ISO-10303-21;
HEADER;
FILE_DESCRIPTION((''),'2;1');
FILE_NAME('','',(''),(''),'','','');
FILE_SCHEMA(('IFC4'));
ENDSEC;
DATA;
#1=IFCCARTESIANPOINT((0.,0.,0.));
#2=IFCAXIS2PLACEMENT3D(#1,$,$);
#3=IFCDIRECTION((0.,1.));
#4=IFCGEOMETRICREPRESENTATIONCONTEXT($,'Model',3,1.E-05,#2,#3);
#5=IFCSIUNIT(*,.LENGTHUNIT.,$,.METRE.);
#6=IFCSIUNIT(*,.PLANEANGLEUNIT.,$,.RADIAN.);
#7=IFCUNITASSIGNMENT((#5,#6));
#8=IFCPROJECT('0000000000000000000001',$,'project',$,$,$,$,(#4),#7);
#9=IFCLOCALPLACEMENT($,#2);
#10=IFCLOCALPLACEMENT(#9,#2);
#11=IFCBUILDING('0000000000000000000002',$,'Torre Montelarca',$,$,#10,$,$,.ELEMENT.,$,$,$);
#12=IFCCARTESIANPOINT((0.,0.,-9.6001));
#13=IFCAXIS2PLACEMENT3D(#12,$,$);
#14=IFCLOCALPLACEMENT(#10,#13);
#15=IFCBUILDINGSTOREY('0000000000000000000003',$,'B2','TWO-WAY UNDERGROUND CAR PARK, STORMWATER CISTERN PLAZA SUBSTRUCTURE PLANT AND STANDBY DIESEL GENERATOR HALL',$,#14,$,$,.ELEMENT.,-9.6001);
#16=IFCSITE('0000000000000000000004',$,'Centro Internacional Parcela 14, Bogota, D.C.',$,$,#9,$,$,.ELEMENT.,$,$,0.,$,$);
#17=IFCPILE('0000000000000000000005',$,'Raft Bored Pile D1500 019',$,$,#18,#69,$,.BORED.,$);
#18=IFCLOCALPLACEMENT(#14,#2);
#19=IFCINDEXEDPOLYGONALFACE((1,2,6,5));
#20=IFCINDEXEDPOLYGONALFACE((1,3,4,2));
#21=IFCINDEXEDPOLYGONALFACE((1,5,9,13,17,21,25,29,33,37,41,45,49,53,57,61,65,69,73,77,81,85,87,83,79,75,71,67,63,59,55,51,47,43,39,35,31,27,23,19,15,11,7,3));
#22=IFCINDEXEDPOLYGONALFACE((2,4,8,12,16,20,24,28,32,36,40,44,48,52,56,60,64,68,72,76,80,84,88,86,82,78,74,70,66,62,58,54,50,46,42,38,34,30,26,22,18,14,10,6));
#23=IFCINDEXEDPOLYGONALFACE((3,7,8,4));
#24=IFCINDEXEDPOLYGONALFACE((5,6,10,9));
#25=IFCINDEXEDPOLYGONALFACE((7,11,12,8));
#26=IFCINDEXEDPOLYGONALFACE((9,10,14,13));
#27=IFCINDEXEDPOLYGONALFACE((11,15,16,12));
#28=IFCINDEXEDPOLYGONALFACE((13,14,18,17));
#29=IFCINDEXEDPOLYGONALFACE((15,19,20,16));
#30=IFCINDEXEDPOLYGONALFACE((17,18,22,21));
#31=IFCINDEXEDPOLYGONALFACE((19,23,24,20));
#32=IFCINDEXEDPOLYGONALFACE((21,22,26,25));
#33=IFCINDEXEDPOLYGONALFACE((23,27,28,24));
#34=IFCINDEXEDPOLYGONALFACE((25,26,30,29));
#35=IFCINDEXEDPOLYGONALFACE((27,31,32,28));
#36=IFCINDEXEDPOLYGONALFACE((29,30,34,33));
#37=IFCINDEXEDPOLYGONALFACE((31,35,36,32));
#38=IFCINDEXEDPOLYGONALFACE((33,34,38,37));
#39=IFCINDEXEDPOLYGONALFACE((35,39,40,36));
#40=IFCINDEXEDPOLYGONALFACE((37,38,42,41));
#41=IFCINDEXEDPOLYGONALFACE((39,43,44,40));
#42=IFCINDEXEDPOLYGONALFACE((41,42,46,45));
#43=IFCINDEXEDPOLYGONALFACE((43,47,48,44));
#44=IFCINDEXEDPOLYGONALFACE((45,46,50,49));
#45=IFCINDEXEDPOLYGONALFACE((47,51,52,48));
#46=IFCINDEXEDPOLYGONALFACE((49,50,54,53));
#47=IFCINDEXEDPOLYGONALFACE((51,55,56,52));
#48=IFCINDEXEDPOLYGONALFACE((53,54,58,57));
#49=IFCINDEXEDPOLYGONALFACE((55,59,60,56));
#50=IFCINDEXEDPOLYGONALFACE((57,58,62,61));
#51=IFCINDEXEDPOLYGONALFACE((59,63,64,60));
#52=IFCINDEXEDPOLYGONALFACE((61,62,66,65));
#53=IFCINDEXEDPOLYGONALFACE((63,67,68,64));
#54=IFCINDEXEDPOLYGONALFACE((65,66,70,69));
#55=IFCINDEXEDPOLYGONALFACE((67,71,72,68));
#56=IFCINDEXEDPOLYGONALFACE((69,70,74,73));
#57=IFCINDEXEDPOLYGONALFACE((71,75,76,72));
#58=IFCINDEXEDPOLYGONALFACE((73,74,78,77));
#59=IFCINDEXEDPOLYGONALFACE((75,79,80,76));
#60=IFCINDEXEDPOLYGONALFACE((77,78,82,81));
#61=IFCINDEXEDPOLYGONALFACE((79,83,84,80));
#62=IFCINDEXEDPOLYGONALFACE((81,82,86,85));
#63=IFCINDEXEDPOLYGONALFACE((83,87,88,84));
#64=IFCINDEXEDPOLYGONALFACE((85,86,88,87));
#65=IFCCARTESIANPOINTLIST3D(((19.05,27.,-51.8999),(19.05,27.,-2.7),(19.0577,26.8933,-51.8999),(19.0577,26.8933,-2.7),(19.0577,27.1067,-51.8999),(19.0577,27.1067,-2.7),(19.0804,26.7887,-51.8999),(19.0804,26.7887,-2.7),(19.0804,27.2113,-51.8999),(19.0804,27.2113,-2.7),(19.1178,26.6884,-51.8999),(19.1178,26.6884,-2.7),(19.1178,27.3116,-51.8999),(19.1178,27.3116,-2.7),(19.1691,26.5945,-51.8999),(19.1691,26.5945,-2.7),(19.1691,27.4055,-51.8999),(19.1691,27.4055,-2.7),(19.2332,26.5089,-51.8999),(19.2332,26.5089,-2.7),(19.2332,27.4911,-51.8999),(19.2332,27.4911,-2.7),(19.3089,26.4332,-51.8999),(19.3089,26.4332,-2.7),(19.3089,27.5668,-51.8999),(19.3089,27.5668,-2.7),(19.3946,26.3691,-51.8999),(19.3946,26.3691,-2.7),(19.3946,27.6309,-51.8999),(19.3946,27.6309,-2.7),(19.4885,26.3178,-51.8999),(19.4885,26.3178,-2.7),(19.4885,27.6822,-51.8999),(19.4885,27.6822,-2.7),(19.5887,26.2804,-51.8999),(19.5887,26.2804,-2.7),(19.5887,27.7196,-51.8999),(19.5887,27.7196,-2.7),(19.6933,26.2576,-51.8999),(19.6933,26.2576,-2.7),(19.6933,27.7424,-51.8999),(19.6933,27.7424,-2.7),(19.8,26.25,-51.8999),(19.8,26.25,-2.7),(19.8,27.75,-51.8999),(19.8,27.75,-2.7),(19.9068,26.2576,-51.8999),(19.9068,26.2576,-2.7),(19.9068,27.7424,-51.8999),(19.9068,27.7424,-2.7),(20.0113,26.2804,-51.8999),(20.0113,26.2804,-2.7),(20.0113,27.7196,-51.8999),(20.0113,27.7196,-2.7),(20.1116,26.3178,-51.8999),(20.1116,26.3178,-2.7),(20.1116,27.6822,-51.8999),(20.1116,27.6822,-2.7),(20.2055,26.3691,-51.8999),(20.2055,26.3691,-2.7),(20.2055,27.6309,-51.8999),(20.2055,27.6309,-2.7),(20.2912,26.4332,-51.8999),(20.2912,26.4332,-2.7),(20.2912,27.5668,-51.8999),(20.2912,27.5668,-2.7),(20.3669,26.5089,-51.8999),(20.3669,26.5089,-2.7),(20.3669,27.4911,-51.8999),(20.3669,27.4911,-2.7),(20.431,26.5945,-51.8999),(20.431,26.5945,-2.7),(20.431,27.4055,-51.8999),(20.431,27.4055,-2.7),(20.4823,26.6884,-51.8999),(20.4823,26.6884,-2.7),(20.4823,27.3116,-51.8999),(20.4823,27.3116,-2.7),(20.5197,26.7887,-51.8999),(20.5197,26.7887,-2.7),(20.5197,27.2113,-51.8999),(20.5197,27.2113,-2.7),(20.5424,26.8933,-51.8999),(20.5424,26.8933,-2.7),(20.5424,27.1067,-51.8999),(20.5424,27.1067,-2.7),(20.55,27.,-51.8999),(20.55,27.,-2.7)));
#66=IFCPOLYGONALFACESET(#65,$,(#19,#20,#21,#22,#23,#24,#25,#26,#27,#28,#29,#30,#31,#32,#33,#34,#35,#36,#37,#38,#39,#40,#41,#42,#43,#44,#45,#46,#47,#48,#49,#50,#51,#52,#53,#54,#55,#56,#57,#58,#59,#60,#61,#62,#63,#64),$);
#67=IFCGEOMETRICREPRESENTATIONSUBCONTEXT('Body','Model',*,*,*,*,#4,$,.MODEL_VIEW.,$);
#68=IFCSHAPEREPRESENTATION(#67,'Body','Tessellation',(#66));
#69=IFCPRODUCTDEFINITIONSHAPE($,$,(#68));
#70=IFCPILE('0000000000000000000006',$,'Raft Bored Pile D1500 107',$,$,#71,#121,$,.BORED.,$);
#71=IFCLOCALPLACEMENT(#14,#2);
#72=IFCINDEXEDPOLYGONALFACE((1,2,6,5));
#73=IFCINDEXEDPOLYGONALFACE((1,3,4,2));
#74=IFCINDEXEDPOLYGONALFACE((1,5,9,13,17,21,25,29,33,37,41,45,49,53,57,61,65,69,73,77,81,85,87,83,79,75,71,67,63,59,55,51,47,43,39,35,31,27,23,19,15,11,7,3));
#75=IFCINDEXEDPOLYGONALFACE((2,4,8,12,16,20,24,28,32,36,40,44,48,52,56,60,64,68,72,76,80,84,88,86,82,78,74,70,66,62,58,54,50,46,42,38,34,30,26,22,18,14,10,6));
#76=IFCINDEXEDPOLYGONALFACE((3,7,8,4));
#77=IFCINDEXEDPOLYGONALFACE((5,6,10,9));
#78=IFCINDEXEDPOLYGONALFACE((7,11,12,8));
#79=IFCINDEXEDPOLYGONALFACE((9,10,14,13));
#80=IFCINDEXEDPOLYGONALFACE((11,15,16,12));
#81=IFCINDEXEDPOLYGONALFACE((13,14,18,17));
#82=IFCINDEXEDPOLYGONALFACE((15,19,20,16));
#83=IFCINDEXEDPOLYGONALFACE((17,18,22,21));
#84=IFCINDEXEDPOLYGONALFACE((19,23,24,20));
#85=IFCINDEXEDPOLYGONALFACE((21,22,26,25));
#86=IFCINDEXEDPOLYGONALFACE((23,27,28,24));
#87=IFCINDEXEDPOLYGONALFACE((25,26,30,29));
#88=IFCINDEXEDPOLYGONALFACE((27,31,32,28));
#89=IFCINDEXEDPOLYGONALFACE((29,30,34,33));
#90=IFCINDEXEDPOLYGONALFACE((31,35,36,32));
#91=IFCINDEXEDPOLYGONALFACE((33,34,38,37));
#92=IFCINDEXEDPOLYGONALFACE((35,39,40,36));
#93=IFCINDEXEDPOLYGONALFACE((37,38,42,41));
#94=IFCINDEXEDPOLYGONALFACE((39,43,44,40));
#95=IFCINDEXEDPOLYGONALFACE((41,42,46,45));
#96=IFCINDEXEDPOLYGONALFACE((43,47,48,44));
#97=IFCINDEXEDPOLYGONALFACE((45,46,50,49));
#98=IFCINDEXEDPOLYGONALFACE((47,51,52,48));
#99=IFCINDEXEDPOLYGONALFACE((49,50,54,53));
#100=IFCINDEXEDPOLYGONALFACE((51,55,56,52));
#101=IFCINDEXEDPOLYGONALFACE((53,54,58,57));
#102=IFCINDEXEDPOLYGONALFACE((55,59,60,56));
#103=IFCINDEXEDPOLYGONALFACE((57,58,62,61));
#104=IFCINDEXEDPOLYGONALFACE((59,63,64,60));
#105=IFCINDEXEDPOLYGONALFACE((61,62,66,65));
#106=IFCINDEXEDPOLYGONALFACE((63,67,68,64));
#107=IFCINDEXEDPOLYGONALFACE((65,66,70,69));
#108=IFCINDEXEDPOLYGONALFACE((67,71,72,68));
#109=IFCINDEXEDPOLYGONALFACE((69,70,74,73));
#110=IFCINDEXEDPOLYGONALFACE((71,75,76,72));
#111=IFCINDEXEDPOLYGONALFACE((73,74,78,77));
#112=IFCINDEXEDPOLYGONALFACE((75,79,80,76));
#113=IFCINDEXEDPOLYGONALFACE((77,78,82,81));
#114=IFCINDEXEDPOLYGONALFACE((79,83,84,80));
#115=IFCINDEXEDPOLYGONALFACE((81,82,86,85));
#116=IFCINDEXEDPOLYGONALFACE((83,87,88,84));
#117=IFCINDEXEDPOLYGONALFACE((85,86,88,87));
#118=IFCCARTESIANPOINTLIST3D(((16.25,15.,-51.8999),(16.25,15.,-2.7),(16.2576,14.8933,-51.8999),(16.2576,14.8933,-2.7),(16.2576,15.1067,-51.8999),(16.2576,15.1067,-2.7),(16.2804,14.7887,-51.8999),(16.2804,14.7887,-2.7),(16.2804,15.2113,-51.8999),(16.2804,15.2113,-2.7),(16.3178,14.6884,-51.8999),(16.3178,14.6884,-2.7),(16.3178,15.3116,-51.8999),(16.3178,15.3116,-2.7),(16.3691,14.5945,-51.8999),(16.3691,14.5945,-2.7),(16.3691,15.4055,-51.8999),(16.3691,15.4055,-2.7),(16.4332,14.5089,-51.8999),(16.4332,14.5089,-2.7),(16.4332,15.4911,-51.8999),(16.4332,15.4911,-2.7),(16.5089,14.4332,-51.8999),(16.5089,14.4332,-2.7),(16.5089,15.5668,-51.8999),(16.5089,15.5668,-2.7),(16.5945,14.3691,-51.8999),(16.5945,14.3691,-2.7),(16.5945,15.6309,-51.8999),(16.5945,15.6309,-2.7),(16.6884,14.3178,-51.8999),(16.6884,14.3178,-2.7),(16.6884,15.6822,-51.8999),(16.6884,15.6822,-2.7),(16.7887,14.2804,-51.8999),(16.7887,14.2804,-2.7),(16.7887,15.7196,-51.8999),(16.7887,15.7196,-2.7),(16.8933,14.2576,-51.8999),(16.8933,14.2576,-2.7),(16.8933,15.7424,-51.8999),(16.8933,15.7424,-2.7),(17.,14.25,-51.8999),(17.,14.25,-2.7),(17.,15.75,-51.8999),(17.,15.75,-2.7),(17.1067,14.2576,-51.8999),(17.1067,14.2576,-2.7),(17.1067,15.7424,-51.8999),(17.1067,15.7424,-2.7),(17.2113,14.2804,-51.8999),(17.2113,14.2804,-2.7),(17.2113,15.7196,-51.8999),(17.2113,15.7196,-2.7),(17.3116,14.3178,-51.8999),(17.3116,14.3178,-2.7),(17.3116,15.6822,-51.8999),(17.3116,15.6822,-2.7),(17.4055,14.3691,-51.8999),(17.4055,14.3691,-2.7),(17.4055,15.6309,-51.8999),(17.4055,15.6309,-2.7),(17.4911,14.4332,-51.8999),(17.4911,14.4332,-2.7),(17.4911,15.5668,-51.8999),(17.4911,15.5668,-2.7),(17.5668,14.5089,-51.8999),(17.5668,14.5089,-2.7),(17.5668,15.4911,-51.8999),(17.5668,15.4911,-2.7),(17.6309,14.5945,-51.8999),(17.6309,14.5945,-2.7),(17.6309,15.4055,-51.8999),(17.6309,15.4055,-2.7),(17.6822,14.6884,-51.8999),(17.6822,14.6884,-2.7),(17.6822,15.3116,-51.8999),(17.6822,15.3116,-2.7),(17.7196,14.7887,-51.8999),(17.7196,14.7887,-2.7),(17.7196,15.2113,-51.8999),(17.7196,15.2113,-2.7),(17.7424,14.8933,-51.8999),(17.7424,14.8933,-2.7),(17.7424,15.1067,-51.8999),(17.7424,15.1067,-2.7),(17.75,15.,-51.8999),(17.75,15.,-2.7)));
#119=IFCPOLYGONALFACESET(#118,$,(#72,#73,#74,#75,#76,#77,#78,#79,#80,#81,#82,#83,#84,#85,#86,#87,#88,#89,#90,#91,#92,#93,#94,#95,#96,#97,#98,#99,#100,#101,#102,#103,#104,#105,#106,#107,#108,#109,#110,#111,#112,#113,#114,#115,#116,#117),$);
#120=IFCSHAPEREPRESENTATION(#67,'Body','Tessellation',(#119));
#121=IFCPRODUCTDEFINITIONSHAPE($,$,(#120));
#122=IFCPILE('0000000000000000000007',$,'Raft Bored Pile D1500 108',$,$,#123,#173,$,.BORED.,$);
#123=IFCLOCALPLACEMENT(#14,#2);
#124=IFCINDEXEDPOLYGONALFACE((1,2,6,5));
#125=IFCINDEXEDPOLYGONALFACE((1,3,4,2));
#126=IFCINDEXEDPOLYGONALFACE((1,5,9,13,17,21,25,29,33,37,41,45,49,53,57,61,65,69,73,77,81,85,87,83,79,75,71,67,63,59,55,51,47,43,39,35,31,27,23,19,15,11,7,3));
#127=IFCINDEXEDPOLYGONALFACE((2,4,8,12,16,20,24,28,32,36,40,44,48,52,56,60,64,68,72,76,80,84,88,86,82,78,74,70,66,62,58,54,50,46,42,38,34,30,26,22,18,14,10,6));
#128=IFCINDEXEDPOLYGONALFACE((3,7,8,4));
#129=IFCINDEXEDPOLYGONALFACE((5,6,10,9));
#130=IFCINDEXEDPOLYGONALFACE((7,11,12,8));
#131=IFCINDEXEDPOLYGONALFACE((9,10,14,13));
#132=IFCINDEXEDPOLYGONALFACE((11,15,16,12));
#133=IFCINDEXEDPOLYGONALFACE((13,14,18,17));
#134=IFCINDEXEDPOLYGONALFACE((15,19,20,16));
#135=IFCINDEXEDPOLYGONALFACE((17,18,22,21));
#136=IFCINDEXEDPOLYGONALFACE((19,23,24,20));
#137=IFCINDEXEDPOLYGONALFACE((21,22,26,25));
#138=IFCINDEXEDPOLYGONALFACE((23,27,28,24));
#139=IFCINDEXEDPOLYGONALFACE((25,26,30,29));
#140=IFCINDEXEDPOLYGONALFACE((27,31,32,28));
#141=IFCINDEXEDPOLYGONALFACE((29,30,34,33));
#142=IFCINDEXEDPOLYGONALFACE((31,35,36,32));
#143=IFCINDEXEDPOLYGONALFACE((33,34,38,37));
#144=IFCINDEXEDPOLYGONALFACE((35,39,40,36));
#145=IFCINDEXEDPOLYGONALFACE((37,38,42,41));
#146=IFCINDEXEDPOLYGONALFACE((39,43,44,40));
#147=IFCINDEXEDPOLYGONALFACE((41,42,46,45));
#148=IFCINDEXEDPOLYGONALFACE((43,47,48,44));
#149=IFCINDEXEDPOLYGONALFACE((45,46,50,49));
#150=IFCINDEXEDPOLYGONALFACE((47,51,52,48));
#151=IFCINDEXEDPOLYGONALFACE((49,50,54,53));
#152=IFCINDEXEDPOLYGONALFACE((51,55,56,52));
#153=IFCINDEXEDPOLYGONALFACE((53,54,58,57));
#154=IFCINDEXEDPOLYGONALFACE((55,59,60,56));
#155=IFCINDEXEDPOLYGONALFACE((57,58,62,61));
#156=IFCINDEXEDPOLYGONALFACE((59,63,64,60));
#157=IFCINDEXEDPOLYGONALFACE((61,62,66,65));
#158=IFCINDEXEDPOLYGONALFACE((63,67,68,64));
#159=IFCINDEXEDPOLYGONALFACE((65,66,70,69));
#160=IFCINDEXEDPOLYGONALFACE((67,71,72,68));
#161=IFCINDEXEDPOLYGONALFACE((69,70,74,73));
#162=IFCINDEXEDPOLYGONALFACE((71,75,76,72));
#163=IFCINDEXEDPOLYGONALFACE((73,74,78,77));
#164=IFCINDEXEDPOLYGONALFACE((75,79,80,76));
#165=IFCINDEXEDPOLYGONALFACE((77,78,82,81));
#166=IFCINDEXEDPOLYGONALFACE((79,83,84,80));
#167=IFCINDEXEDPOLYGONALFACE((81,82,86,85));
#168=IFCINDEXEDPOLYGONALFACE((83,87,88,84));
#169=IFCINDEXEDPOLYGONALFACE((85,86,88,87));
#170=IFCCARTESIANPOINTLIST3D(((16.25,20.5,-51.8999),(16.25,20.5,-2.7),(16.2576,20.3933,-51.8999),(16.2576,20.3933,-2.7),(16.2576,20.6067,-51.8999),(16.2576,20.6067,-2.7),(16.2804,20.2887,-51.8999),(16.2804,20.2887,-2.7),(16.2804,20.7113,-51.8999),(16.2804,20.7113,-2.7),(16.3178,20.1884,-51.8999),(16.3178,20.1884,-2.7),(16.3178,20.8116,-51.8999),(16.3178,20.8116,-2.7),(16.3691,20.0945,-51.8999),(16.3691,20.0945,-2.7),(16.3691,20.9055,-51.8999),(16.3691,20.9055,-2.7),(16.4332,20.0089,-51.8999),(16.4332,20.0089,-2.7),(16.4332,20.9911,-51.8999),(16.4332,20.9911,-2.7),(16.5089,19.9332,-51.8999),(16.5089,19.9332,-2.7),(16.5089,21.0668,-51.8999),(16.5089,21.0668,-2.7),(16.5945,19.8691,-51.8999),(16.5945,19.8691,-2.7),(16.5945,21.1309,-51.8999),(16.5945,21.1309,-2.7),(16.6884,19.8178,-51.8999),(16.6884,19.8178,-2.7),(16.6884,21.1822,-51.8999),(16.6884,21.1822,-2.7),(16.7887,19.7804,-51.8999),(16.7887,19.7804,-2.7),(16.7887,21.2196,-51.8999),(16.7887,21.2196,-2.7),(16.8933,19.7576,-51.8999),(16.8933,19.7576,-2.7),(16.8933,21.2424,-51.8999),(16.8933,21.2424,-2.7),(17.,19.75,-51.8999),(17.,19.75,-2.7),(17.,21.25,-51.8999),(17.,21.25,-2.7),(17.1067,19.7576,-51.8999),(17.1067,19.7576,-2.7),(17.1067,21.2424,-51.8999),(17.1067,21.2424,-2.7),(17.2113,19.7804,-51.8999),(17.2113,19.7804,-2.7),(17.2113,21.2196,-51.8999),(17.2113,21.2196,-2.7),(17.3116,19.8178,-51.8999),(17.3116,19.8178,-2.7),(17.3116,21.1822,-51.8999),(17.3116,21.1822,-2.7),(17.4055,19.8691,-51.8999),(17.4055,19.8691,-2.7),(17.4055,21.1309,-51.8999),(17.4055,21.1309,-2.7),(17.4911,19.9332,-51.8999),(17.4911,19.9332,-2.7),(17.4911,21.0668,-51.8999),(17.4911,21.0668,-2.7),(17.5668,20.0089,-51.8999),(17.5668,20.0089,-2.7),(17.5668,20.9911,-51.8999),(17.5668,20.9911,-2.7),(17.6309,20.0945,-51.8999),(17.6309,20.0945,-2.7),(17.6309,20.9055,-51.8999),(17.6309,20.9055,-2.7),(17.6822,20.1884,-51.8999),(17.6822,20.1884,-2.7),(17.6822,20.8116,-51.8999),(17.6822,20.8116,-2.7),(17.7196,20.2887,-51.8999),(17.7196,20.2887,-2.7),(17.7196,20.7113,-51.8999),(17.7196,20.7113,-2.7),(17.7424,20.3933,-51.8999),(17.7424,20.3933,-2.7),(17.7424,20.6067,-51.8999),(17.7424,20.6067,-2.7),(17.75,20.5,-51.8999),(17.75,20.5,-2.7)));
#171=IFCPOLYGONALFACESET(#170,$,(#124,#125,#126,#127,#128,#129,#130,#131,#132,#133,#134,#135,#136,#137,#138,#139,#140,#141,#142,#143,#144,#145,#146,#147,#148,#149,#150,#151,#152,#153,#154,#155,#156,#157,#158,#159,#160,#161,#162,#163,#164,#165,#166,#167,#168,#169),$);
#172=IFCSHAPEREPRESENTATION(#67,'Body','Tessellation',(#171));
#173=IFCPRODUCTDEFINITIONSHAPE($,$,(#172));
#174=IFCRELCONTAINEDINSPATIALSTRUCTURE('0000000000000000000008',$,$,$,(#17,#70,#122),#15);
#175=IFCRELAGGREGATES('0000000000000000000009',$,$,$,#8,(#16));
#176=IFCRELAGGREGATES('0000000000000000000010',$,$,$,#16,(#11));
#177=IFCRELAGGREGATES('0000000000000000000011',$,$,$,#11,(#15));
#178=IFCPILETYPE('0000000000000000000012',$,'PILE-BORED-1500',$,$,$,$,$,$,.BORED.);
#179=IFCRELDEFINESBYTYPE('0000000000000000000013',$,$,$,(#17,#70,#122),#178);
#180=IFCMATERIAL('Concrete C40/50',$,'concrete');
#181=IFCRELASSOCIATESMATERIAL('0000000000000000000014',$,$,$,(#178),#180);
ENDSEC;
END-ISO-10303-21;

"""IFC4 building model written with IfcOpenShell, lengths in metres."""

from ifc_helpers import new_model, si_unit, direction, frame, origin, origin_2d, place, context, subcontext, project, spatial, circle, extrude, source, transform, mapped, material, material_profile, profile_set, type_object, element, save


model = new_model("IFC4")

# Units and contexts
model_context = context("Model", 3, precision=1e-05, world=origin(), true_north=direction((0.0, 1.0)))
body_context = subcontext(model_context, "Body", "Model", "MODEL_VIEW")
ifc_project = project(units=[si_unit("LENGTHUNIT", "METRE"), si_unit("PLANEANGLEUNIT", "RADIAN")], contexts=[model_context])

# Site, building, storey
site_placement = place(None, origin())
site = spatial("IfcSite", under=ifc_project, at=site_placement, Name="Centro Internacional Parcela 14, Bogota, D.C.", CompositionType="ELEMENT", RefElevation=0.0)
building_placement = place(site_placement, origin())
building = spatial("IfcBuilding", under=site, at=building_placement, Name="Torre Montelarca", CompositionType="ELEMENT")
storey_placement = place(building_placement, frame((0.0, 0.0, -9.6001)))
storey = spatial("IfcBuildingStorey", under=building, at=storey_placement, Name="B2", Description="TWO-WAY UNDERGROUND CAR PARK, STORMWATER CISTERN PLAZA SUBSTRUCTURE PLANT AND STANDBY DIESEL GENERATOR HALL", CompositionType="ELEMENT", Elevation=-9.6001)

# Piles
ifc_material_1 = material(Name="Concrete C40/50", Category="concrete")
ifc_material_profile_1 = material_profile(ifc_material_1, circle(Radius=0.75, at=origin_2d()), Name="PILE-D1500", Category="concrete")
ifc_profile_set_1 = profile_set([ifc_material_profile_1], Name="Concrete C40/50")
pile_type = type_object("IfcPileType", Name="PILE-BORED-1500", PredefinedType="BORED", material=ifc_profile_set_1)
shared_shape_1 = source(origin(), body_context, "Body", "SweptSolid", [
    extrude(circle(Radius=0.75, at=origin_2d()), origin(), (0.0, 0.0, 1.0), 49.2),
])
for number, where, z_axis, x_axis, name in (
    (1, (19.8, 27.0, -2.7), (0.0, 0.0, -1.0), (1.0, 0.0, 0.0), "Raft Bored Pile D1500 019"),
    (2, (17.0, 15.0, -2.7), (0.0, 0.0, -1.0), (1.0, 0.0, 0.0), "Raft Bored Pile D1500 107"),
    (3, (17.0, 20.5, -2.7), (0.0, 0.0, -1.0), (1.0, 0.0, 0.0), "Raft Bored Pile D1500 108"),
):
    element("IfcPile", number, at=place(storey_placement, frame(where, z_axis=z_axis, x_axis=x_axis)), inside=storey, type_object=pile_type, Name=name, PredefinedType="BORED", context=body_context, shape_type="MappedRepresentation", body=[
        mapped(shared_shape_1, transform((0.0, 0.0, 0.0), scale=1.0)),
    ])

save(model, "model.ifc")
